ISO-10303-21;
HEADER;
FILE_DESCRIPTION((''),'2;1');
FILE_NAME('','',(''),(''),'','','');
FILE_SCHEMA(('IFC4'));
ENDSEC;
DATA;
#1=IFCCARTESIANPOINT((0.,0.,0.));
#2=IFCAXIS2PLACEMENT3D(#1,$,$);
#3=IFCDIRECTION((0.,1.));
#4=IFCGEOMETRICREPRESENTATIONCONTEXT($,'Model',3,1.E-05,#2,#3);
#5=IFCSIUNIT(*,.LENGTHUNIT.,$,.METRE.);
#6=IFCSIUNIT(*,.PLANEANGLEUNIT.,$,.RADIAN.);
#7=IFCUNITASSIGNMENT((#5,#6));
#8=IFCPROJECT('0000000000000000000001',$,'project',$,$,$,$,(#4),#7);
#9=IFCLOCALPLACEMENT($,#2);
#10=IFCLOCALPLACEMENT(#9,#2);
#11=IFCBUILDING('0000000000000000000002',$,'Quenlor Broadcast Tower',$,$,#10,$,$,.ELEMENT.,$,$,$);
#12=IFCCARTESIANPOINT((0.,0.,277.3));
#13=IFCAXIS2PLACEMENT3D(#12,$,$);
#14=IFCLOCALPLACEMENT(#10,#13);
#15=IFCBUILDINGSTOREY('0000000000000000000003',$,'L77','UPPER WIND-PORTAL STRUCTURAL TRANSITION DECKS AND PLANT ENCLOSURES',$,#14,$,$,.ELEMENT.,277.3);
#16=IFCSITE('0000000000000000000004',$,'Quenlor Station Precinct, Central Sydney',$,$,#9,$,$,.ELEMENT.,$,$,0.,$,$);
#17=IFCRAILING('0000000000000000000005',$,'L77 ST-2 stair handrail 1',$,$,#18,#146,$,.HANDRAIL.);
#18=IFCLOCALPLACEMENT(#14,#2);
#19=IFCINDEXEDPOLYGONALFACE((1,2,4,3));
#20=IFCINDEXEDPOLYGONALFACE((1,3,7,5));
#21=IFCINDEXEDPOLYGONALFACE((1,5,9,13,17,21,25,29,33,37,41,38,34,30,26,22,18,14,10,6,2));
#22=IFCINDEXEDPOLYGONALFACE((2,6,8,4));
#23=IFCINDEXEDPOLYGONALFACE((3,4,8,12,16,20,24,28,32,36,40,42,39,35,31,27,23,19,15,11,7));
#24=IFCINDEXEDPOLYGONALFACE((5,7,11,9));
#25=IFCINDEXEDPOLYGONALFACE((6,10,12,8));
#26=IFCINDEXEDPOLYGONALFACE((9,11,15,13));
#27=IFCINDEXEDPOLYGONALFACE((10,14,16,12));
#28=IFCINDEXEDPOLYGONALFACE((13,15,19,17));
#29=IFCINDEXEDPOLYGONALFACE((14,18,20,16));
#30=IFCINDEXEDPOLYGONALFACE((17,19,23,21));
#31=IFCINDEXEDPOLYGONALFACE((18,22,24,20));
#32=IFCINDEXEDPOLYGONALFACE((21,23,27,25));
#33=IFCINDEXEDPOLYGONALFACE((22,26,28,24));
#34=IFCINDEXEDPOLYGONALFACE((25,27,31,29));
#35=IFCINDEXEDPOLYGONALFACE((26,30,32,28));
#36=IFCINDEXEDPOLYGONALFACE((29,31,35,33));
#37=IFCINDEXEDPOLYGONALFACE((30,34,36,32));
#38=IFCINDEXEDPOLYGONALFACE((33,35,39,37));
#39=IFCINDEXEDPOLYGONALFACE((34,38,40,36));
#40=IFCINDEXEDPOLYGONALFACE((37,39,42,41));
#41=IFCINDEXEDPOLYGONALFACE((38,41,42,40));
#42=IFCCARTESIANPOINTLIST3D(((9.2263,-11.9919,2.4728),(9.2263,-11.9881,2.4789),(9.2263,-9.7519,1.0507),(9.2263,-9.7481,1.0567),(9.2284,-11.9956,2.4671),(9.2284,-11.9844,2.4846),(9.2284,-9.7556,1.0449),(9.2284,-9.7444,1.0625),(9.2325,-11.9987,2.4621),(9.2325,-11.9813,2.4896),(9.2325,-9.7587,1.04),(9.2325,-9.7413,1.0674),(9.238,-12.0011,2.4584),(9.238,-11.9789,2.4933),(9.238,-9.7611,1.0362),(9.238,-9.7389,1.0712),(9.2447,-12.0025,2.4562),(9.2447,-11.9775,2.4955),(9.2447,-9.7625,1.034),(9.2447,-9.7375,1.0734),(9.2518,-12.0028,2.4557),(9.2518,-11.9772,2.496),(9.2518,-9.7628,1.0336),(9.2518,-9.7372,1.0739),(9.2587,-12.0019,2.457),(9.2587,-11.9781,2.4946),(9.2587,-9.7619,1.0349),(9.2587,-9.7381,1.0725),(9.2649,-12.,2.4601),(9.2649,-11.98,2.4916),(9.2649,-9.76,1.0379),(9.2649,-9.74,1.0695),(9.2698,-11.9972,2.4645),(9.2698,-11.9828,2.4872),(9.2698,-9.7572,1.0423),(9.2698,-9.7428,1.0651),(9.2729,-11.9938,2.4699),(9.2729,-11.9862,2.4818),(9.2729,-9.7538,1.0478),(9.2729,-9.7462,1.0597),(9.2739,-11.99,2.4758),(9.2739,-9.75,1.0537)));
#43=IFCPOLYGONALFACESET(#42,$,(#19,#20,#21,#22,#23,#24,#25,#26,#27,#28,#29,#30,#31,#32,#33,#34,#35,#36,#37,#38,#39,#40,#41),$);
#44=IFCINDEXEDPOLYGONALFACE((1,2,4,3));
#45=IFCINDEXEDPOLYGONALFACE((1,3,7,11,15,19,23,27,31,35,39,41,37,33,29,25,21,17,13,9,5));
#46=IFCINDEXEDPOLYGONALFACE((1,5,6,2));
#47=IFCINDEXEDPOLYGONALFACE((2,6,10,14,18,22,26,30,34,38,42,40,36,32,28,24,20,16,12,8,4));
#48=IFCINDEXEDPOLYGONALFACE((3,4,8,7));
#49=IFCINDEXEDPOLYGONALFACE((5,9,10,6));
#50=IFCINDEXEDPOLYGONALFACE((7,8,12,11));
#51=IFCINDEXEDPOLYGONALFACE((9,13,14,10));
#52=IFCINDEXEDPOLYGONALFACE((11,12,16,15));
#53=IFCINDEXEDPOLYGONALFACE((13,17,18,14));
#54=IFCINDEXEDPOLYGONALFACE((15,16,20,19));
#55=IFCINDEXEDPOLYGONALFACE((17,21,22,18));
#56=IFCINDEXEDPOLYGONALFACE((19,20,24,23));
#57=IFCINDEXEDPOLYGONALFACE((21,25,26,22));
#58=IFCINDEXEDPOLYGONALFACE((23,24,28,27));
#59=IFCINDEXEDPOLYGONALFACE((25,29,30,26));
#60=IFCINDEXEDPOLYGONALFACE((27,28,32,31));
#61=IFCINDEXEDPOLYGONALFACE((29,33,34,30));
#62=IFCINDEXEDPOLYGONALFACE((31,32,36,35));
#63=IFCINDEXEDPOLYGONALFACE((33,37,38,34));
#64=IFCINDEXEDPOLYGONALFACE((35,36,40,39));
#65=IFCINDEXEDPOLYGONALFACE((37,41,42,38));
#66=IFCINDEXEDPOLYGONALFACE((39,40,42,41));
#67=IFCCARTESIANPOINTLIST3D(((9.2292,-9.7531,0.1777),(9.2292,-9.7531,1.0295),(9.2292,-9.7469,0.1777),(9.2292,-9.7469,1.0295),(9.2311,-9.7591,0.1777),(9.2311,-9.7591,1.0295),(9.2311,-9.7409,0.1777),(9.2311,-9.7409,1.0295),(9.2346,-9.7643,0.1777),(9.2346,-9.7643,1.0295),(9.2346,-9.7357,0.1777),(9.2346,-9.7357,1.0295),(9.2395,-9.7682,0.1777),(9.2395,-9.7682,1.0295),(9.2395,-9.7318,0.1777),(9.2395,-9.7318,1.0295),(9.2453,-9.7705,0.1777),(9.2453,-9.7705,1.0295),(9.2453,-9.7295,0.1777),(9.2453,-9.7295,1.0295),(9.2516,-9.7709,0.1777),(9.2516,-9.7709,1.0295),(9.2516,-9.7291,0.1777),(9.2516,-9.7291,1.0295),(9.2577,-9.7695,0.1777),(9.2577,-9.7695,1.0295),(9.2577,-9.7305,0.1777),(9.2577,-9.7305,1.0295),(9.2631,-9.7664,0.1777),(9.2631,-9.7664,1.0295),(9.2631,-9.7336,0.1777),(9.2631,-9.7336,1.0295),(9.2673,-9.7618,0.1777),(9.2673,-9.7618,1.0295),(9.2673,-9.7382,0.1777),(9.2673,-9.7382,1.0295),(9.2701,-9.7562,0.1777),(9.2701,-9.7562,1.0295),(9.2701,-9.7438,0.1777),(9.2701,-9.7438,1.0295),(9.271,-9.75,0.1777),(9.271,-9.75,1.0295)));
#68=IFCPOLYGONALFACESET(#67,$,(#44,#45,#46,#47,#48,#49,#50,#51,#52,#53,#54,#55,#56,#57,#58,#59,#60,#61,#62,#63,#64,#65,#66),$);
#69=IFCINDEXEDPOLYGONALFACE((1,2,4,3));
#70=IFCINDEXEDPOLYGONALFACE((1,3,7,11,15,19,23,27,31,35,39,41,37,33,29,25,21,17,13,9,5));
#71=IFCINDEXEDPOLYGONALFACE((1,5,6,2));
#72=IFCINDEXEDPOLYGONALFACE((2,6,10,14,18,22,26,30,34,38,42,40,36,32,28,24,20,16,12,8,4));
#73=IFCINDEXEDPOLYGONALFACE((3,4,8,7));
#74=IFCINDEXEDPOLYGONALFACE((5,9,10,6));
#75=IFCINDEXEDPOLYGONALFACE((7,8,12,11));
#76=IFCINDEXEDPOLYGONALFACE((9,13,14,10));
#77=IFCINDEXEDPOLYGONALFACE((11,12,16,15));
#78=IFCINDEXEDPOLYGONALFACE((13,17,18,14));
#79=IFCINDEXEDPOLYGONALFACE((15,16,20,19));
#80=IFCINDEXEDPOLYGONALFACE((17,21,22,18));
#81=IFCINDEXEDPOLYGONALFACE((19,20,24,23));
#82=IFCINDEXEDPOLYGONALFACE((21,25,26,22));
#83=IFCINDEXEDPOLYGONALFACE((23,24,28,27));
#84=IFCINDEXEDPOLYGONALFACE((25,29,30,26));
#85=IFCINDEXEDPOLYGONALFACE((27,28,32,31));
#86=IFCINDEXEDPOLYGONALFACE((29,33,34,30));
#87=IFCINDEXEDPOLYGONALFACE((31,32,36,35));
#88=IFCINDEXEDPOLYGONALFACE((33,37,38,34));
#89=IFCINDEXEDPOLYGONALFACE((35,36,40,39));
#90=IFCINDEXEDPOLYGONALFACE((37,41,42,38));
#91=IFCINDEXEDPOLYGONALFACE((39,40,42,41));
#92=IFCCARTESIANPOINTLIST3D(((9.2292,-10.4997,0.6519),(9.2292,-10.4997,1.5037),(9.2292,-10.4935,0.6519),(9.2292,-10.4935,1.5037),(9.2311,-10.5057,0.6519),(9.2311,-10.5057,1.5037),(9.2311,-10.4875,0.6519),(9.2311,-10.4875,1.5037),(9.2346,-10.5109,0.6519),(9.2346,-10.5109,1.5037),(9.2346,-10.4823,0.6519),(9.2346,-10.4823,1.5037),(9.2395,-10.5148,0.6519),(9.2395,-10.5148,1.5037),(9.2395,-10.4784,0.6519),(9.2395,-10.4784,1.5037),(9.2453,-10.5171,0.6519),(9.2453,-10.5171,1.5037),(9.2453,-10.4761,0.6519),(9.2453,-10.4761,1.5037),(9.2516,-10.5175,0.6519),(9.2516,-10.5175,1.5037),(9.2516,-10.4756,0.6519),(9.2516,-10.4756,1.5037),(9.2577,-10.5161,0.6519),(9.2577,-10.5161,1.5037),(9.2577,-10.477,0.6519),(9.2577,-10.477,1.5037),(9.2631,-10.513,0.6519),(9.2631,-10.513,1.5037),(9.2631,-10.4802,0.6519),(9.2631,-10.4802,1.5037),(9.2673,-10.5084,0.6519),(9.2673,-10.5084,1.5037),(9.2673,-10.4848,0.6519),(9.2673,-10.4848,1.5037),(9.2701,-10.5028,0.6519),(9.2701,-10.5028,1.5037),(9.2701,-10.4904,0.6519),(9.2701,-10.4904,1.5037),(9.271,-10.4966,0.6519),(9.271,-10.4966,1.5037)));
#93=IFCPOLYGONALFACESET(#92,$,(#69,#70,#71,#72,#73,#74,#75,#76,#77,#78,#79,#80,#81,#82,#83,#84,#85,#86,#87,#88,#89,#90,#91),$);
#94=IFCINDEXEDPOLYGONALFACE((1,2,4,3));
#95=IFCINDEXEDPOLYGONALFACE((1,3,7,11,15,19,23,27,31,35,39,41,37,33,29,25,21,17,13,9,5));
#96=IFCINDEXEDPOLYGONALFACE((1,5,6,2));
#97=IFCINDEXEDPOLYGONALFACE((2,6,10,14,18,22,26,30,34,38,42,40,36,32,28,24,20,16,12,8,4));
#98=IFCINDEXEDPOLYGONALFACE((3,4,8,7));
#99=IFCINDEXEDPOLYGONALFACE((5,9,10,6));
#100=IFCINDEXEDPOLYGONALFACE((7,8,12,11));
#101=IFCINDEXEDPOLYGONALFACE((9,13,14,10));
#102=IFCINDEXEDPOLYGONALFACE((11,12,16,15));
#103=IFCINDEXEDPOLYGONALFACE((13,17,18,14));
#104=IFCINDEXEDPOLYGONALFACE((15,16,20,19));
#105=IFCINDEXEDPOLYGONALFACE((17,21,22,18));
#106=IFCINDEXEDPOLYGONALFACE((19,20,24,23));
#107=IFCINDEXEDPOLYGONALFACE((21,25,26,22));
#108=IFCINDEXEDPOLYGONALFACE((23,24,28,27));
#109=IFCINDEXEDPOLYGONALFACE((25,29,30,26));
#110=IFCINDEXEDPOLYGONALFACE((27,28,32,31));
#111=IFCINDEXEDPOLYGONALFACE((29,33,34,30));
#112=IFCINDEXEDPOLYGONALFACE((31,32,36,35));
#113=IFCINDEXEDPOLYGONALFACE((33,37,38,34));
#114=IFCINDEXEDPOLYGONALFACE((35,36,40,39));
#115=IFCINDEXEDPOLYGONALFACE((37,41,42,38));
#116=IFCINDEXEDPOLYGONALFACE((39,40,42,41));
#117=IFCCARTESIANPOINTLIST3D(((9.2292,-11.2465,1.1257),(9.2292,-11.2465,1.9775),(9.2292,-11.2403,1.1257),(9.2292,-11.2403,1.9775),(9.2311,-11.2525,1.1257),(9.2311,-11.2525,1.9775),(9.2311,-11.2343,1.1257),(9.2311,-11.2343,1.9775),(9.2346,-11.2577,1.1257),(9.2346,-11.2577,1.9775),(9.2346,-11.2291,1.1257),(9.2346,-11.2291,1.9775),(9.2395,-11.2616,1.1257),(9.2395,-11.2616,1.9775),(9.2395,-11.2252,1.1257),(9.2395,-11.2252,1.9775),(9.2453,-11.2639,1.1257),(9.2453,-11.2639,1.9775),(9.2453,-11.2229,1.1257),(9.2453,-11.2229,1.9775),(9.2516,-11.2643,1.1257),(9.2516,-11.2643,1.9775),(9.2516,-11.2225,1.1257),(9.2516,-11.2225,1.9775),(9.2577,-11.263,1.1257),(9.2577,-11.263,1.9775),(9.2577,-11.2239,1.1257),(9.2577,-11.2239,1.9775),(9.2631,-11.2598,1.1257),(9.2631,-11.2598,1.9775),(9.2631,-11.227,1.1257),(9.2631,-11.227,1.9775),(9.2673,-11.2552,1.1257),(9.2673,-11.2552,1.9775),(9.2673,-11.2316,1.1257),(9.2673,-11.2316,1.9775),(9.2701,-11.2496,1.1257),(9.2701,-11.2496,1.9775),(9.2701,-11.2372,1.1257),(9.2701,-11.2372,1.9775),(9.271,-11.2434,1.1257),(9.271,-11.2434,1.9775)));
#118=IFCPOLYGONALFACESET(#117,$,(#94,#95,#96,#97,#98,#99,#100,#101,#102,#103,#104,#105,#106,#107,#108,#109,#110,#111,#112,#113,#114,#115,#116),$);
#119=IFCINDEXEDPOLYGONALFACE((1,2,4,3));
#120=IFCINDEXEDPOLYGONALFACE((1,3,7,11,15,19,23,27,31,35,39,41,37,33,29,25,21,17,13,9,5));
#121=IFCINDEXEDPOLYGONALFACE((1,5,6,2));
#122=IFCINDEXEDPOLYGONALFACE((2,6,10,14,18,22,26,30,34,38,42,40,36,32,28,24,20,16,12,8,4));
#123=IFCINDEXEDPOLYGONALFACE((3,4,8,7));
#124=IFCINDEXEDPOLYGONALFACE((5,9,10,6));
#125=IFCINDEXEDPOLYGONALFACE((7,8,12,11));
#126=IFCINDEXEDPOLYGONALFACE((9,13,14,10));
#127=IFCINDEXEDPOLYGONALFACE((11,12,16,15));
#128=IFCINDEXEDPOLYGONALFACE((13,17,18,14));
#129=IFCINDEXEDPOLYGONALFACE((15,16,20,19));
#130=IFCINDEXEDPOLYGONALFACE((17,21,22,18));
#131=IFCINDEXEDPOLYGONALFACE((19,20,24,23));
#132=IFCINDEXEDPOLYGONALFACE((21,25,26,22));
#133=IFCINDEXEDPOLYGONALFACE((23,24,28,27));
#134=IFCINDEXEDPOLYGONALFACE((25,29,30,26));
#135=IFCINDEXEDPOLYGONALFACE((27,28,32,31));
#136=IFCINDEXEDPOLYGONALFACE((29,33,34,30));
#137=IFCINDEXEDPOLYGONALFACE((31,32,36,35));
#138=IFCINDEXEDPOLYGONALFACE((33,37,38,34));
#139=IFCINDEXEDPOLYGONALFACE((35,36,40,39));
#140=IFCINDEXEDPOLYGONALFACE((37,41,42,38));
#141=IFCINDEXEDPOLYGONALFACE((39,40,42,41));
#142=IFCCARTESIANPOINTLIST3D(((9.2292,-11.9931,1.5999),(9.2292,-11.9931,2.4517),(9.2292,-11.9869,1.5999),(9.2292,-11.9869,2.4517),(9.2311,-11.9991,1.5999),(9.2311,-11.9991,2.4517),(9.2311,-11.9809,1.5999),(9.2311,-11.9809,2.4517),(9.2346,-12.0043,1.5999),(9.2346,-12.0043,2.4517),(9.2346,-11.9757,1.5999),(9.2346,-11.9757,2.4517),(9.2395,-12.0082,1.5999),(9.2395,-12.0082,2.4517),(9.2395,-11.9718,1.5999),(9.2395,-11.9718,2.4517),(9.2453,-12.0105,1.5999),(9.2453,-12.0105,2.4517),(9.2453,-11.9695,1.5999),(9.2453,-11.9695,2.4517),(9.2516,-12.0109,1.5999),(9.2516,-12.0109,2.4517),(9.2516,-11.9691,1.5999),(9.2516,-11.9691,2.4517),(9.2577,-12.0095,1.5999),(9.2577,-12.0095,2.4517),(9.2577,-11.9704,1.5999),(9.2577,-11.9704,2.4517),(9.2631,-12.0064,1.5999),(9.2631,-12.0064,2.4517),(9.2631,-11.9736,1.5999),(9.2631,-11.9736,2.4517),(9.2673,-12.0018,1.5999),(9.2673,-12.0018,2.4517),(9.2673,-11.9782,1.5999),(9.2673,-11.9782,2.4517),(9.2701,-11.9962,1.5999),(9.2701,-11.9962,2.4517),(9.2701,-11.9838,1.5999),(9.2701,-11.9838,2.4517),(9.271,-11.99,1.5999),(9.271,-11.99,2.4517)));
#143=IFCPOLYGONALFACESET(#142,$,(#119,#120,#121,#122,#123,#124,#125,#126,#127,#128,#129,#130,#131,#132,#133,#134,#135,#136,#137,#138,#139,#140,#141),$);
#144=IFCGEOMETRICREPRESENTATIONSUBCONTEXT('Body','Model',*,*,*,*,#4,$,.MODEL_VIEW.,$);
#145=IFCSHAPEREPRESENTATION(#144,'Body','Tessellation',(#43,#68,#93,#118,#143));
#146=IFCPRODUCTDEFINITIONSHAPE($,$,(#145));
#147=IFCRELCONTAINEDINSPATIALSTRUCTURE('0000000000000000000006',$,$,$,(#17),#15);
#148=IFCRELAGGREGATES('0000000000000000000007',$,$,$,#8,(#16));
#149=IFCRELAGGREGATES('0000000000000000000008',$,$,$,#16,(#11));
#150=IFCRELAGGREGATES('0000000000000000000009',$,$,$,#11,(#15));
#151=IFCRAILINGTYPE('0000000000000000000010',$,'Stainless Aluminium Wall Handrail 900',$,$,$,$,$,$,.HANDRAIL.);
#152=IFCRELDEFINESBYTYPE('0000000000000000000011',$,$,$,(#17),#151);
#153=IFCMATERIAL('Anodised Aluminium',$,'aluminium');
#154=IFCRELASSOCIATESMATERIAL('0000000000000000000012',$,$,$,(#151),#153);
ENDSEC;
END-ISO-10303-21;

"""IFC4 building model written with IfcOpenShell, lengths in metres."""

from ifc_helpers import new_model, si_unit, direction, frame, origin, origin_2d, place, context, subcontext, project, spatial, circle, extrude, material, type_object, element, save


model = new_model("IFC4")

# Units and contexts
model_context = context("Model", 3, precision=1e-05, world=origin(), true_north=direction((0.0, 1.0)))
body_context = subcontext(model_context, "Body", "Model", "MODEL_VIEW")
ifc_project = project(units=[si_unit("LENGTHUNIT", "METRE"), si_unit("PLANEANGLEUNIT", "RADIAN")], contexts=[model_context])

# Site, building, storey
site_placement = place(None, origin())
site = spatial("IfcSite", under=ifc_project, at=site_placement, Name="Quenlor Station Precinct, Central Sydney", CompositionType="ELEMENT", RefElevation=0.0)
building_placement = place(site_placement, origin())
building = spatial("IfcBuilding", under=site, at=building_placement, Name="Quenlor Broadcast Tower", CompositionType="ELEMENT")
storey_placement = place(building_placement, frame((0.0, 0.0, 277.3)))
storey = spatial("IfcBuildingStorey", under=building, at=storey_placement, Name="L77", Description="UPPER WIND-PORTAL STRUCTURAL TRANSITION DECKS AND PLANT ENCLOSURES", CompositionType="ELEMENT", Elevation=277.3)

# Railing
ifc_material_1 = material(Name="Anodised Aluminium", Category="aluminium")
railing_type_1 = type_object("IfcRailingType", Name="Stainless Aluminium Wall Handrail 900", PredefinedType="HANDRAIL", material=ifc_material_1)
railing_1_placement = place(storey_placement, frame((9.25, -9.75, 0.1777)))
element("IfcRailing", 1, at=railing_1_placement, inside=storey, type_object=railing_type_1, Name="L77 ST-2 stair handrail 1", PredefinedType="HANDRAIL", context=body_context, shape_type="SweptSolid", body=[
    extrude(circle(Radius=0.0239, at=origin_2d()), frame((0.0, 0.0, 0.876), z_axis=(0.0, -0.844229, 0.535982), x_axis=(1.0, 0.0, 0.0)), (0.0, 0.0, 1.0), 2.6533),
    extrude(circle(Radius=0.021, at=origin_2d()), origin(), (0.0, 0.0, 1.0), 0.8518),
    extrude(circle(Radius=0.021, at=origin_2d()), frame((0.0, -0.7466, 0.4741)), (0.0, 0.0, 1.0), 0.8518),
    extrude(circle(Radius=0.021, at=origin_2d()), frame((0.0, -1.4934, 0.948)), (0.0, 0.0, 1.0), 0.8518),
    extrude(circle(Radius=0.021, at=origin_2d()), frame((0.0, -2.24, 1.4221)), (0.0, 0.0, 1.0), 0.8518),
])

save(model, "model.ifc")
